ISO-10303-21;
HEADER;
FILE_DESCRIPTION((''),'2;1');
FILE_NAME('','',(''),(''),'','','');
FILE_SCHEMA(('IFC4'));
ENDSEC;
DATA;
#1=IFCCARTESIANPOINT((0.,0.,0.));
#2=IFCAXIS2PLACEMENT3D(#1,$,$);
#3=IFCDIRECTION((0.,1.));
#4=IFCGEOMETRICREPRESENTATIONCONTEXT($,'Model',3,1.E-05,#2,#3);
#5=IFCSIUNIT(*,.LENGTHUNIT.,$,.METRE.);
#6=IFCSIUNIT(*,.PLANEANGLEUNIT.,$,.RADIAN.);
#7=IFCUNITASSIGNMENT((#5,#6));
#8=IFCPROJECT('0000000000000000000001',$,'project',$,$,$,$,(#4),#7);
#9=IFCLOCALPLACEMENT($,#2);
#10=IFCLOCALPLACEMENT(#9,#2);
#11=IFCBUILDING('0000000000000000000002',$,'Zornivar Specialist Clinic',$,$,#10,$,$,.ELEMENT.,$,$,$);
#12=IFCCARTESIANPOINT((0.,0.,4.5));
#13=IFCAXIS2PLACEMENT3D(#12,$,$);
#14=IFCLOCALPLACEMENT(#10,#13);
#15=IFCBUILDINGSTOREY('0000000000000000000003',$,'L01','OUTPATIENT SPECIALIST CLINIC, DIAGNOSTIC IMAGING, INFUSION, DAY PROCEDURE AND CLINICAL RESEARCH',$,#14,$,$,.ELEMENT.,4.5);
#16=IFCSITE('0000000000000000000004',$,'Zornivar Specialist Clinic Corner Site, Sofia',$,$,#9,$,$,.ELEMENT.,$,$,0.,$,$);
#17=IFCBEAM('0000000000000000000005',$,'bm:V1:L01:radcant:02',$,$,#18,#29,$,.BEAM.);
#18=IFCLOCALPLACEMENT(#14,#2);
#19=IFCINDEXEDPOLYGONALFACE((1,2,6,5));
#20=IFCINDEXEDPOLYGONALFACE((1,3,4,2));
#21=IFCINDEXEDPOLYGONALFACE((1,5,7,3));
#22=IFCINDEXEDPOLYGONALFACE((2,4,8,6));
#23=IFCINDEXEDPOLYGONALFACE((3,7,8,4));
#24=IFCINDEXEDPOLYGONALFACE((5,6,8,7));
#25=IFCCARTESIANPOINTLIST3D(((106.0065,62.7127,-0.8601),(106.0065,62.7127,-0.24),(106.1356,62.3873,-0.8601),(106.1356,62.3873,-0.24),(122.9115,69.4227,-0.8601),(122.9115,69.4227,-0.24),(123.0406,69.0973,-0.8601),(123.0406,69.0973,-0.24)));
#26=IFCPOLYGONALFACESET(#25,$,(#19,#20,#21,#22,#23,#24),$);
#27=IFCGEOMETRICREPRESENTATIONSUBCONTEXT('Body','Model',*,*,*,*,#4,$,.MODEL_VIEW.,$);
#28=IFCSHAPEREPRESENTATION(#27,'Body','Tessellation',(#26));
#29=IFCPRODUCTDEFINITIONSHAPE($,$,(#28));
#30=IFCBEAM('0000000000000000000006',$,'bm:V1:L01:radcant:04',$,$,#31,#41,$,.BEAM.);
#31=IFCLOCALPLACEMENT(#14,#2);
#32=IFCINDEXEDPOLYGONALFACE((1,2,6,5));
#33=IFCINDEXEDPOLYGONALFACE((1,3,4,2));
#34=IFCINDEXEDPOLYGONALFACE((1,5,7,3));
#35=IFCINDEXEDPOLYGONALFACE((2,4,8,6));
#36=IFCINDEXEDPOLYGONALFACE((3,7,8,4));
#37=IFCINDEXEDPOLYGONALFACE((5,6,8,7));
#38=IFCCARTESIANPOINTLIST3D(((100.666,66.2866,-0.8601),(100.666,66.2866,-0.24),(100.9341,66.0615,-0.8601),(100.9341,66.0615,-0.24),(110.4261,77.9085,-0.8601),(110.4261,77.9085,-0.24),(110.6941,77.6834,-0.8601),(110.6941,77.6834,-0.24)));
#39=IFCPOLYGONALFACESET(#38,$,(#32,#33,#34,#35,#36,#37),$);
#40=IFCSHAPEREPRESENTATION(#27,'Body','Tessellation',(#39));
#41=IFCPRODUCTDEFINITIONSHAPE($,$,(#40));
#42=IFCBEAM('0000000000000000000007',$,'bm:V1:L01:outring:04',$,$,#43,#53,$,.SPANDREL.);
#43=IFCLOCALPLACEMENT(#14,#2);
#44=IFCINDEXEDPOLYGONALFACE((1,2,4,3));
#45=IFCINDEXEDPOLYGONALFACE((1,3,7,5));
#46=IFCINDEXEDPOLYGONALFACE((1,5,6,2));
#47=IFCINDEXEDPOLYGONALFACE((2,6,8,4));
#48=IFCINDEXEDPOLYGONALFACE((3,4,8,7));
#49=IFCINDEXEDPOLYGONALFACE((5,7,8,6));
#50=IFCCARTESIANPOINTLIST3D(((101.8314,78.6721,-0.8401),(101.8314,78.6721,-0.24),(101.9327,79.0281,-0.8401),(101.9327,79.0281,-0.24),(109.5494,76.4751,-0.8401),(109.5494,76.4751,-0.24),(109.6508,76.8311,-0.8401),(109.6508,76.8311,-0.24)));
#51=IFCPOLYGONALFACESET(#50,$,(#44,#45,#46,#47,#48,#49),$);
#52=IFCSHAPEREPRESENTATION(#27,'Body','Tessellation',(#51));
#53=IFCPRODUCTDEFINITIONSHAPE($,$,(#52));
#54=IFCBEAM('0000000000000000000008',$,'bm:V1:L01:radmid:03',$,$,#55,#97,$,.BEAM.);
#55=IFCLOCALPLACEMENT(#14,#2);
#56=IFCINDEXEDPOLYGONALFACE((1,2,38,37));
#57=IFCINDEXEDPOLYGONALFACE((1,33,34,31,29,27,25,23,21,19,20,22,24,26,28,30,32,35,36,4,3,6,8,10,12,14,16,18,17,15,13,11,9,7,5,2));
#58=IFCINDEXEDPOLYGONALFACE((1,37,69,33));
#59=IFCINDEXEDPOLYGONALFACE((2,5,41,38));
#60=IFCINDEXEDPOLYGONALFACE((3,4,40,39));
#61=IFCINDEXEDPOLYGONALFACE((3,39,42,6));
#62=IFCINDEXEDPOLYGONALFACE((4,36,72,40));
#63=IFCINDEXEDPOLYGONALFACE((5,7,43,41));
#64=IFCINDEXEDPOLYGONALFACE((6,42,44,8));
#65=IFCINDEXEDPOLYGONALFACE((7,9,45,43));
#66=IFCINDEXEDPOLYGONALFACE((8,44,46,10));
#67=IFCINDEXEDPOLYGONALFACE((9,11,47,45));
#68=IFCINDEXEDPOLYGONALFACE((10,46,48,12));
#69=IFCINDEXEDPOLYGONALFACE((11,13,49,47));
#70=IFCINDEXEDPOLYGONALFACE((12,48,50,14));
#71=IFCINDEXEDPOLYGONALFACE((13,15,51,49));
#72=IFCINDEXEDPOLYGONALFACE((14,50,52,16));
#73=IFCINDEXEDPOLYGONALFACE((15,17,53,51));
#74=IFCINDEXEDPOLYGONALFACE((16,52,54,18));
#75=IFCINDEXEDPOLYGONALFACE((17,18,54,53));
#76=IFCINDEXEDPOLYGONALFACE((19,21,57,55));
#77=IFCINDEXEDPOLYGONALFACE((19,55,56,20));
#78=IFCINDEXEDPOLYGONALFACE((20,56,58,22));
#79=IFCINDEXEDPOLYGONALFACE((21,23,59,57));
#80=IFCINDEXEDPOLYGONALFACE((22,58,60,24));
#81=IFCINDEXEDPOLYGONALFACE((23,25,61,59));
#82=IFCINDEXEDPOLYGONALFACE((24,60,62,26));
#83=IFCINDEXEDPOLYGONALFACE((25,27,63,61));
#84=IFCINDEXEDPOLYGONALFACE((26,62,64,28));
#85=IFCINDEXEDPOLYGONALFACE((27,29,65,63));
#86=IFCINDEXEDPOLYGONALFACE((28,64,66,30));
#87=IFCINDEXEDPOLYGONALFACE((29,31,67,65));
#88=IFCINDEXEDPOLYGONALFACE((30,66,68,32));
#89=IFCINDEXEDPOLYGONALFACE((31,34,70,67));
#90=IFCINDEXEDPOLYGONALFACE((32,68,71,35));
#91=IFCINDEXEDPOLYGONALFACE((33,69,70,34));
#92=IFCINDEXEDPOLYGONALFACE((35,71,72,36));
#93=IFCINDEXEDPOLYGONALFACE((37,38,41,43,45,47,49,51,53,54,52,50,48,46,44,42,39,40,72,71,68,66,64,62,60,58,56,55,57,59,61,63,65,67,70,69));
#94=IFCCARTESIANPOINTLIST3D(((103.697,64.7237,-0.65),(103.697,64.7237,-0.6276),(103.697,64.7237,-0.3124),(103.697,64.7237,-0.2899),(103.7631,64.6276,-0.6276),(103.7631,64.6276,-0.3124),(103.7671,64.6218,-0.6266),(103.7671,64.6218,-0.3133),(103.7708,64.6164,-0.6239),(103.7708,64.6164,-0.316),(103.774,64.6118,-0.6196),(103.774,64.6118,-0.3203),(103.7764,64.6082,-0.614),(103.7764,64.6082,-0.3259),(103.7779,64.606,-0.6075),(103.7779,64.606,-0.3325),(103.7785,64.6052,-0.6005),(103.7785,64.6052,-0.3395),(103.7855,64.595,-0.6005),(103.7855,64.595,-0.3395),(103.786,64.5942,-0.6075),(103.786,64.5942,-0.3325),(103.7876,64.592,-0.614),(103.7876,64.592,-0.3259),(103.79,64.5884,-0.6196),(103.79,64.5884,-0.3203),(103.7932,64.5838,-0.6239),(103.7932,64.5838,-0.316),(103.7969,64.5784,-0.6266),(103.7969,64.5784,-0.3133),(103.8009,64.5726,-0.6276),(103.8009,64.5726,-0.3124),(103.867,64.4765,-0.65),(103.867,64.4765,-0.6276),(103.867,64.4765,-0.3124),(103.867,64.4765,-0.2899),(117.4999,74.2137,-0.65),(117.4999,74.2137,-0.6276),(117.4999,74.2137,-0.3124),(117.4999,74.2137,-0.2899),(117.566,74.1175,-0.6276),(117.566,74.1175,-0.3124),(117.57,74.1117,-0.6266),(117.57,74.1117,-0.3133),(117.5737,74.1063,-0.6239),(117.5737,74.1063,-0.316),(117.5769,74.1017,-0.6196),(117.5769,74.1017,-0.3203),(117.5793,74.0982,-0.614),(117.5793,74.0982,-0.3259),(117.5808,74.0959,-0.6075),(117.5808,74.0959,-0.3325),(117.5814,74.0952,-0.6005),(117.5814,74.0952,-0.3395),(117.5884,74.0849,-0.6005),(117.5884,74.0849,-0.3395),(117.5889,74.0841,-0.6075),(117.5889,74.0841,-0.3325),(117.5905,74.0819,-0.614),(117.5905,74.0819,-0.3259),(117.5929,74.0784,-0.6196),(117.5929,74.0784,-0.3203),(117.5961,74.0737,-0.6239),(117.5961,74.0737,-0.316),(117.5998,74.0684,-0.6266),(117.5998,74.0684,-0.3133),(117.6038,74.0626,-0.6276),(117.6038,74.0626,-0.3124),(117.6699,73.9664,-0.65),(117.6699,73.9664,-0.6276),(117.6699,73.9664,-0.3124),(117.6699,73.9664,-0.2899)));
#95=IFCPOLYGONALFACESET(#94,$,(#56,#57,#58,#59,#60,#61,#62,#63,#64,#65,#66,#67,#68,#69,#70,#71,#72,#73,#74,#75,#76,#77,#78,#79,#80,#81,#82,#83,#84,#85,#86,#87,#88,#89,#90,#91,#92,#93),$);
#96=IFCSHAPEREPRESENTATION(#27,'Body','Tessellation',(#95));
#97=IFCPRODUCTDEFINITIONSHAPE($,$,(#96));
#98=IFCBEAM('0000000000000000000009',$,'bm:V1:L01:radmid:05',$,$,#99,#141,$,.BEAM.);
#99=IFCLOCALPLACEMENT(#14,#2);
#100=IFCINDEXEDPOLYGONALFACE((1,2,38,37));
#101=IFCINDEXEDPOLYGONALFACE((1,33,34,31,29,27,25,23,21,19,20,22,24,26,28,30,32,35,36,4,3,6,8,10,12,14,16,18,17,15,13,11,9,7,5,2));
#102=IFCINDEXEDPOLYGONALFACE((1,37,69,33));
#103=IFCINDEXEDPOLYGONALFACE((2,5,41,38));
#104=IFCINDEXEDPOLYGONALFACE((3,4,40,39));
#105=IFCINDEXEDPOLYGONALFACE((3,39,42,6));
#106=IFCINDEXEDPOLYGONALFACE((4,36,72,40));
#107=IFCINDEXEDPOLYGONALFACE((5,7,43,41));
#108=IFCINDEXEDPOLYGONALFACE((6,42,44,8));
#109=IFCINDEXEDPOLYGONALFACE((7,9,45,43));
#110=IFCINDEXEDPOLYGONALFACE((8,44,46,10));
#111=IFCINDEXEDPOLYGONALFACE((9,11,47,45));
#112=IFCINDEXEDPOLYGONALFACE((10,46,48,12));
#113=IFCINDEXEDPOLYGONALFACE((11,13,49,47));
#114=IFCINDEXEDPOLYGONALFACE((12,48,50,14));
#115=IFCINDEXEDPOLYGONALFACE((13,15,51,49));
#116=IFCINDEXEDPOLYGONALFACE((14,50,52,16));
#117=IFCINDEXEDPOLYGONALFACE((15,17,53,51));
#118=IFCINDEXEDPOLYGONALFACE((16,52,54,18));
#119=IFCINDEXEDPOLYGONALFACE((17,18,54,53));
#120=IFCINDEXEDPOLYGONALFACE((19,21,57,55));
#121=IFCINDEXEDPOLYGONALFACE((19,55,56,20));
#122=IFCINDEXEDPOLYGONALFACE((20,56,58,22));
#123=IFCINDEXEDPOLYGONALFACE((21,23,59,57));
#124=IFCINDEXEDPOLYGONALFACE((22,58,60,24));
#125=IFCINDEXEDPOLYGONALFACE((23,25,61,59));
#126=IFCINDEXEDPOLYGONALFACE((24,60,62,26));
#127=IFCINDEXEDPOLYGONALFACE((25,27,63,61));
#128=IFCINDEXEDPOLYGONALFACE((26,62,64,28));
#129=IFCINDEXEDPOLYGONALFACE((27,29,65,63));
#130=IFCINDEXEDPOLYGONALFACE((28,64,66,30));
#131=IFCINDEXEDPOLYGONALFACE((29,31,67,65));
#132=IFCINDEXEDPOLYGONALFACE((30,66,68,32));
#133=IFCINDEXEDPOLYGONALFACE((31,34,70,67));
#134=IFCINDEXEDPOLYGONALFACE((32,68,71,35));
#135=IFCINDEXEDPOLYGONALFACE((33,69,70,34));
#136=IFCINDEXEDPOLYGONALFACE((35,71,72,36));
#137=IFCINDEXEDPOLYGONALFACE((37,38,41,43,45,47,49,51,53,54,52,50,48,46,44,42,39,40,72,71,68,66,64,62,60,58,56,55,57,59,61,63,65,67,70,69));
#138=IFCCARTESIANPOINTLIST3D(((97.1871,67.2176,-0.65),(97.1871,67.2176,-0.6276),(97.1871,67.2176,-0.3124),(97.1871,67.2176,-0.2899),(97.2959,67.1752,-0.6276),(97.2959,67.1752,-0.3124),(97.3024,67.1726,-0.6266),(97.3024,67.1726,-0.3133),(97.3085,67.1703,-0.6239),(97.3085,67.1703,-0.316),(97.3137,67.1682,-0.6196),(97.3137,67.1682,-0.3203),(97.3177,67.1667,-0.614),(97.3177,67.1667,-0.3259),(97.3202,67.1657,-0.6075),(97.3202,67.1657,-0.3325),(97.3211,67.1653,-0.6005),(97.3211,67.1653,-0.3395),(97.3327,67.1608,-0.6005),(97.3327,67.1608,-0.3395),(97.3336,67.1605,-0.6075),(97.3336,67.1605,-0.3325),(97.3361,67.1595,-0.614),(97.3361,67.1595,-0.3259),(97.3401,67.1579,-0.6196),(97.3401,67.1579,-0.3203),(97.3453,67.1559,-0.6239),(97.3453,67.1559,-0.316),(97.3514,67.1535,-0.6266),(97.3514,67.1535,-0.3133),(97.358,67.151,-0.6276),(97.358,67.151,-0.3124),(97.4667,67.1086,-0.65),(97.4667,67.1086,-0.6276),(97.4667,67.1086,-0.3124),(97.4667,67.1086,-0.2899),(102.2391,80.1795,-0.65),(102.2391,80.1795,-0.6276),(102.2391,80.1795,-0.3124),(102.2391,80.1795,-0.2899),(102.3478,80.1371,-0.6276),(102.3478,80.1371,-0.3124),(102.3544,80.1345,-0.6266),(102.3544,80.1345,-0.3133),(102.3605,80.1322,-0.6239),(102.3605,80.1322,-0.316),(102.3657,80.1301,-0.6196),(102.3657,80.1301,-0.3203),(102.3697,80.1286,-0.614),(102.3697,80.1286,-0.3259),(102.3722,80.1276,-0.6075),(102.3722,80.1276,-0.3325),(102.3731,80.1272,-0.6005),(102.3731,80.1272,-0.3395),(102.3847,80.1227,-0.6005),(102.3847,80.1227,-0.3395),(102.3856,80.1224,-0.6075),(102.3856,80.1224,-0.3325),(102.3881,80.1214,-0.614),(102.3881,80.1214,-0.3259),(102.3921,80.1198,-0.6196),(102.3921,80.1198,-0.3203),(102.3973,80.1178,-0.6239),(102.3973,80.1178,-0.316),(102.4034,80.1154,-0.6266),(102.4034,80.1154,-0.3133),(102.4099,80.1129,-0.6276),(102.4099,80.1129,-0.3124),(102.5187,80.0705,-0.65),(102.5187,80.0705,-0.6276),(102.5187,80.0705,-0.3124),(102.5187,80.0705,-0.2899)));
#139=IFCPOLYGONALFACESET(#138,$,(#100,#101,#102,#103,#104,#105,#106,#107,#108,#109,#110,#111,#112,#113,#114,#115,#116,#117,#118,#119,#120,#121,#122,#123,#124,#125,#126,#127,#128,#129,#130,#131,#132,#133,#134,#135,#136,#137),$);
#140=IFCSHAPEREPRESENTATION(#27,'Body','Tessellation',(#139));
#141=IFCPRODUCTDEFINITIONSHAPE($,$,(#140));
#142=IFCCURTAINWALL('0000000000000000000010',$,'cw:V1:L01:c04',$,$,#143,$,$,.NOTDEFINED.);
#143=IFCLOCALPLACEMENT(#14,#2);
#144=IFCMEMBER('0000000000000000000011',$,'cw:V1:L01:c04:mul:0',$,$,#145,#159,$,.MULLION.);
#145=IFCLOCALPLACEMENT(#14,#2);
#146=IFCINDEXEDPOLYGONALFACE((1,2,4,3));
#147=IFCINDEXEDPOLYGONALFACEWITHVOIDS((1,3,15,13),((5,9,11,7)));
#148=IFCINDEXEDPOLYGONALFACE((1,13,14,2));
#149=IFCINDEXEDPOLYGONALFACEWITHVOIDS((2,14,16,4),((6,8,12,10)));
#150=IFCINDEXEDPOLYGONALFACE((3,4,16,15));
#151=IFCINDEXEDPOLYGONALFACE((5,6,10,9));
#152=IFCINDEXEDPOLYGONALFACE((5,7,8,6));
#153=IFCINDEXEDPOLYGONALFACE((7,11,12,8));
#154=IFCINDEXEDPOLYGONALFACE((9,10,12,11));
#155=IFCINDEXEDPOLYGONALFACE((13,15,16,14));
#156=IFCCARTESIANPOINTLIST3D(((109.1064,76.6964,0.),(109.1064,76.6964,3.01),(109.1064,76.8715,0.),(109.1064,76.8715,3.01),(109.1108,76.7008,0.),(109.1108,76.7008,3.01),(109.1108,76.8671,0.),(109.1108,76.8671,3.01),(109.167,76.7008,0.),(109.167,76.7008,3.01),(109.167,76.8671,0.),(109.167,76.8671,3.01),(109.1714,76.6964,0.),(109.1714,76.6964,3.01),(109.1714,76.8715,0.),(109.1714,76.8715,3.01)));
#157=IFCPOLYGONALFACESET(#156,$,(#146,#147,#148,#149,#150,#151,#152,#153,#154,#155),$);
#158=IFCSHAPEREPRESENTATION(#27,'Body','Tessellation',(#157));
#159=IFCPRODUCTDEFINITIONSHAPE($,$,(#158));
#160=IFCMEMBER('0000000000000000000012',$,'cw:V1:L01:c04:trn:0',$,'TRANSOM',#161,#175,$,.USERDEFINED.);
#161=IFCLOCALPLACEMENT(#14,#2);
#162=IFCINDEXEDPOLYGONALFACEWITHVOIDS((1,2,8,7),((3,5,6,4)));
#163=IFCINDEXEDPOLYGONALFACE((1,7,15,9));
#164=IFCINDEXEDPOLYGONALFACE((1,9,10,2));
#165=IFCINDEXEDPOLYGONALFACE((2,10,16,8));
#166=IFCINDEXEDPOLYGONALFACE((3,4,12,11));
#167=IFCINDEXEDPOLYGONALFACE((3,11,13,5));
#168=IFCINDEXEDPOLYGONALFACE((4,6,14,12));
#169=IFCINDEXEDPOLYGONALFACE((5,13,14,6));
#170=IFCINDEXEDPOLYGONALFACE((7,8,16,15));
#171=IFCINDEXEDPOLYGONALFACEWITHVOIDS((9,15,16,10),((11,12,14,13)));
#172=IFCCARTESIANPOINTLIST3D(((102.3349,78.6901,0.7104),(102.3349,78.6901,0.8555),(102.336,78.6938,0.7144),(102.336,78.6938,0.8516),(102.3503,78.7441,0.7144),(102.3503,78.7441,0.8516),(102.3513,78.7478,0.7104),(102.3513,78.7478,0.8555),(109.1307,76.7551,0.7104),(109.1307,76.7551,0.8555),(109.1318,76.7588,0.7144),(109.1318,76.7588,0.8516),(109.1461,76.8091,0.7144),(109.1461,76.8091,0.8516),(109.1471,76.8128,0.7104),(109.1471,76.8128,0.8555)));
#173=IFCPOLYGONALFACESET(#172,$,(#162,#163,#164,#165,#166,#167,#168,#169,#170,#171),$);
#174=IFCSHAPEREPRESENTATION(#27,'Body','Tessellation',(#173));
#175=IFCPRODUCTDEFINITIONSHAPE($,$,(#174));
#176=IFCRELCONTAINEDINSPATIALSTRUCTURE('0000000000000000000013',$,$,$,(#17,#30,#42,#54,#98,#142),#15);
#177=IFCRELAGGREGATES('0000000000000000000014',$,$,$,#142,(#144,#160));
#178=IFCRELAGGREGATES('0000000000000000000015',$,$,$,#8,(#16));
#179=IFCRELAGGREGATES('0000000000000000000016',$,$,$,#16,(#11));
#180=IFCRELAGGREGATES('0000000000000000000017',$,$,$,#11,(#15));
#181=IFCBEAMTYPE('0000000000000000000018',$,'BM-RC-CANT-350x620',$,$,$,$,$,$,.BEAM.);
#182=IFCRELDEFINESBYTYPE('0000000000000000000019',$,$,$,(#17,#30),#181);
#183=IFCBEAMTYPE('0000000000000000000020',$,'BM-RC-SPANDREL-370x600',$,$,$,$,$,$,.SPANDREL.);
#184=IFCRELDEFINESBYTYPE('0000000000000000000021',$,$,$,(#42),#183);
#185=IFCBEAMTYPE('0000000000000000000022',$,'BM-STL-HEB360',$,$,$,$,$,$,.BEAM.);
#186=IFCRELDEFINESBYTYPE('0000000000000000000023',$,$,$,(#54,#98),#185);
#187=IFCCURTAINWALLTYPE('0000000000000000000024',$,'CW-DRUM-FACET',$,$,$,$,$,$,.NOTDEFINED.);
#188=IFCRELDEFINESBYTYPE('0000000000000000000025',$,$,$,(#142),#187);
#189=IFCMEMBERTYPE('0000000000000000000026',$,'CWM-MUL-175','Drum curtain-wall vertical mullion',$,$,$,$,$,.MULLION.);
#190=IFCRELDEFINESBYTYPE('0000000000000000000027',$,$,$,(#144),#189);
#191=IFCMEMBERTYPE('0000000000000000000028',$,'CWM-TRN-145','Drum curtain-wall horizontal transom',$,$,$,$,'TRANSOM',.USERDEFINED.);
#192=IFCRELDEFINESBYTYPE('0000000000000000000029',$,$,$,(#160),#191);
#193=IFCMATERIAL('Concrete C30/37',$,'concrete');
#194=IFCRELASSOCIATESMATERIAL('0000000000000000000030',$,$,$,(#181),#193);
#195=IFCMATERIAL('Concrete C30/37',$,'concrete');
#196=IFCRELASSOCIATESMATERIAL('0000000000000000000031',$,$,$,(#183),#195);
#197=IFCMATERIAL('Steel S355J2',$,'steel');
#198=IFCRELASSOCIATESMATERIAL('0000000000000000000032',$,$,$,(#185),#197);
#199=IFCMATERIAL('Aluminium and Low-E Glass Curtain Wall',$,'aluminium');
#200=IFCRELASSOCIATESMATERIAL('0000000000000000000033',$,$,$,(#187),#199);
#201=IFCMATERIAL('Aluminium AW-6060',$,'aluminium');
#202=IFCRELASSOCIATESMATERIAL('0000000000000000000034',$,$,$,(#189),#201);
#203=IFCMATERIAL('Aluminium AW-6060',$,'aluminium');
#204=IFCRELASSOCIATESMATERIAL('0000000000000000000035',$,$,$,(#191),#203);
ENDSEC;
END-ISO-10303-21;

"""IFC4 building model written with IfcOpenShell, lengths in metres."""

from ifc_helpers import new_model, si_unit, direction, frame, origin, origin_2d, place, context, subcontext, project, spatial, rectangle, hollow_rectangle, i_section, extrude, material, material_profile, profile_set, type_object, element, aggregate, save


model = new_model("IFC4")

# Units and contexts
model_context = context("Model", 3, precision=1e-05, world=origin(), true_north=direction((0.0, 1.0)))
body_context = subcontext(model_context, "Body", "Model", "MODEL_VIEW")
ifc_project = project(units=[si_unit("LENGTHUNIT", "METRE"), si_unit("PLANEANGLEUNIT", "RADIAN")], contexts=[model_context])

# Site, building, storey
site_placement = place(None, origin())
site = spatial("IfcSite", under=ifc_project, at=site_placement, Name="Zornivar Specialist Clinic Corner Site, Sofia", CompositionType="ELEMENT", RefElevation=0.0)
building_placement = place(site_placement, origin())
building = spatial("IfcBuilding", under=site, at=building_placement, Name="Zornivar Specialist Clinic", CompositionType="ELEMENT")
storey_placement = place(building_placement, frame((0.0, 0.0, 4.5)))
storey = spatial("IfcBuildingStorey", under=building, at=storey_placement, Name="L01", Description="OUTPATIENT SPECIALIST CLINIC, DIAGNOSTIC IMAGING, INFUSION, DAY PROCEDURE AND CLINICAL RESEARCH", CompositionType="ELEMENT", Elevation=4.5)

# Beams
ifc_material_1 = material(Name="Concrete C30/37", Category="concrete")
ifc_material_profile_1 = material_profile(ifc_material_1, rectangle(XDim=0.3501, YDim=0.6201, at=origin_2d()), Name="RC 350x620")
ifc_profile_set_1 = profile_set([ifc_material_profile_1], Name="Concrete C30/37")
beam_type_1 = type_object("IfcBeamType", Name="BM-RC-CANT-350x620", PredefinedType="BEAM", material=ifc_profile_set_1)
beam_1_placement = place(storey_placement, frame((106.071, 62.55, -0.55), z_axis=(0.92946, 0.368922, 0.0), x_axis=(-0.368922, 0.92946, 0.0)))
element("IfcBeam", 1, at=beam_1_placement, inside=storey, type_object=beam_type_1, Name="bm:V1:L01:radcant:02", PredefinedType="BEAM", context=body_context, shape_type="SweptSolid", body=[
    extrude(rectangle(XDim=0.3501, YDim=0.6201, at=origin_2d()), origin(), (0.0, 0.0, 1.0), 18.188),
])
beam_2_placement = place(storey_placement, frame((100.8, 66.1741, -0.55), z_axis=(0.643102, 0.76578, 0.0), x_axis=(-0.76578, 0.643102, 0.0)))
element("IfcBeam", 2, at=beam_2_placement, inside=storey, type_object=beam_type_1, Name="bm:V1:L01:radcant:04", PredefinedType="BEAM", context=body_context, shape_type="SweptSolid", body=[
    extrude(rectangle(XDim=0.3501, YDim=0.6201, at=origin_2d()), origin(), (0.0, 0.0, 1.0), 15.1765),
])
ifc_material_2 = material(Name="Concrete C30/37", Category="concrete")
ifc_material_profile_2 = material_profile(ifc_material_2, rectangle(XDim=0.3701, YDim=0.6001, at=origin_2d()), Name="RC 370x600")
ifc_profile_set_2 = profile_set([ifc_material_profile_2], Name="Concrete C30/37")
beam_type_2 = type_object("IfcBeamType", Name="BM-RC-SPANDREL-370x600", PredefinedType="SPANDREL", material=ifc_profile_set_2)
beam_3_placement = place(storey_placement, frame((109.6001, 76.6531, -0.54), z_axis=(-0.961791, 0.273785, 0.0), x_axis=(-0.273785, -0.961791, 0.0)))
element("IfcBeam", 3, at=beam_3_placement, inside=storey, type_object=beam_type_2, Name="bm:V1:L01:outring:04", PredefinedType="SPANDREL", context=body_context, shape_type="SweptSolid", body=[
    extrude(rectangle(XDim=0.3701, YDim=0.6001, at=origin_2d()), origin(), (0.0, 0.0, 1.0), 8.0247),
])
ifc_material_3 = material(Name="Steel S355J2", Category="steel")
ifc_material_profile_3 = material_profile(ifc_material_3, i_section(OverallWidth=0.3, OverallDepth=0.3601, WebThickness=0.0125, FlangeThickness=0.0225, FilletRadius=0.0271, at=origin_2d()), Name="HEB 360")
ifc_profile_set_3 = profile_set([ifc_material_profile_3], Name="Steel S355J2")
beam_type_3 = type_object("IfcBeamType", Name="BM-STL-HEB360", PredefinedType="BEAM", material=ifc_profile_set_3)
beam_4_placement = place(storey_placement, frame((103.782, 64.6001, -0.47), z_axis=(0.82403, 0.566547, 0.0), x_axis=(-0.566547, 0.82403, 0.0)))
element("IfcBeam", 4, at=beam_4_placement, inside=storey, type_object=beam_type_3, Name="bm:V1:L01:radmid:03", PredefinedType="BEAM", context=body_context, shape_type="SweptSolid", body=[
    extrude(i_section(OverallWidth=0.3, OverallDepth=0.3601, WebThickness=0.0125, FlangeThickness=0.0225, FilletRadius=0.0271, at=origin_2d()), origin(), (0.0, 0.0, 1.0), 16.7505),
])
beam_5_placement = place(storey_placement, frame((97.3269, 67.1631, -0.47), z_axis=(0.363149, 0.931731, 0.0), x_axis=(-0.931731, 0.363149, 0.0)))
element("IfcBeam", 5, at=beam_5_placement, inside=storey, type_object=beam_type_3, Name="bm:V1:L01:radmid:05", PredefinedType="BEAM", context=body_context, shape_type="SweptSolid", body=[
    extrude(i_section(OverallWidth=0.3, OverallDepth=0.3601, WebThickness=0.0125, FlangeThickness=0.0225, FilletRadius=0.0271, at=origin_2d()), origin(), (0.0, 0.0, 1.0), 13.9116),
])

# Curtain wall, members
ifc_material_4 = material(Name="Aluminium and Low-E Glass Curtain Wall", Category="aluminium")
curtain_wall_type = type_object("IfcCurtainWallType", Name="CW-DRUM-FACET", PredefinedType="NOTDEFINED", material=ifc_material_4)
curtain_wall_placement = place(storey_placement, origin())
curtain_wall = element("IfcCurtainWall", 6, at=curtain_wall_placement, inside=storey, type_object=curtain_wall_type, Name="cw:V1:L01:c04", PredefinedType="NOTDEFINED")
ifc_material_5 = material(Name="Aluminium AW-6060", Category="aluminium")
ifc_material_profile_4 = material_profile(ifc_material_5, hollow_rectangle(XDim=0.0649, YDim=0.175, WallThickness=0.0044, at=origin_2d()), Name="ALU 65x175x4.5")
ifc_profile_set_4 = profile_set([ifc_material_profile_4], Name="Aluminium AW-6060")
member_type_1 = type_object("IfcMemberType", Name="CWM-MUL-175", Description="Drum curtain-wall vertical mullion", PredefinedType="MULLION", material=ifc_profile_set_4)
member_1_placement = place(storey_placement, frame((109.1389, 76.7839, 0.0), z_axis=(0.0, 0.0, 1.0), x_axis=(1.0, 0.0, 0.0)))
member_1 = element("IfcMember", 7, at=member_1_placement, type_object=member_type_1, Name="cw:V1:L01:c04:mul:0", PredefinedType="MULLION", context=body_context, shape_type="SweptSolid", body=[
    extrude(hollow_rectangle(XDim=0.0649, YDim=0.175, WallThickness=0.0044, at=origin_2d()), origin(), (0.0, 0.0, 1.0), 3.01),
])
ifc_material_6 = material(Name="Aluminium AW-6060", Category="aluminium")
ifc_material_profile_5 = material_profile(ifc_material_6, hollow_rectangle(XDim=0.0601, YDim=0.145, WallThickness=0.0039, at=origin_2d()), Name="ALU 60x145x4")
ifc_profile_set_5 = profile_set([ifc_material_profile_5], Name="Aluminium AW-6060")
member_type_2 = type_object("IfcMemberType", Name="CWM-TRN-145", Description="Drum curtain-wall horizontal transom", ElementType="TRANSOM", PredefinedType="USERDEFINED", material=ifc_profile_set_5)
member_2_placement = place(storey_placement, frame((109.1389, 76.7839, 0.783), z_axis=(-0.961771, 0.273854, 0.0), x_axis=(-0.273854, -0.961771, 0.0)))
member_2 = element("IfcMember", 8, at=member_2_placement, type_object=member_type_2, Name="cw:V1:L01:c04:trn:0", ObjectType="TRANSOM", PredefinedType="USERDEFINED", context=body_context, shape_type="SweptSolid", body=[
    extrude(hollow_rectangle(XDim=0.0601, YDim=0.145, WallThickness=0.0039, at=origin_2d()), origin(), (0.0, 0.0, 1.0), 7.0659),
])
aggregate(curtain_wall, [member_1, member_2])

save(model, "model.ifc")
